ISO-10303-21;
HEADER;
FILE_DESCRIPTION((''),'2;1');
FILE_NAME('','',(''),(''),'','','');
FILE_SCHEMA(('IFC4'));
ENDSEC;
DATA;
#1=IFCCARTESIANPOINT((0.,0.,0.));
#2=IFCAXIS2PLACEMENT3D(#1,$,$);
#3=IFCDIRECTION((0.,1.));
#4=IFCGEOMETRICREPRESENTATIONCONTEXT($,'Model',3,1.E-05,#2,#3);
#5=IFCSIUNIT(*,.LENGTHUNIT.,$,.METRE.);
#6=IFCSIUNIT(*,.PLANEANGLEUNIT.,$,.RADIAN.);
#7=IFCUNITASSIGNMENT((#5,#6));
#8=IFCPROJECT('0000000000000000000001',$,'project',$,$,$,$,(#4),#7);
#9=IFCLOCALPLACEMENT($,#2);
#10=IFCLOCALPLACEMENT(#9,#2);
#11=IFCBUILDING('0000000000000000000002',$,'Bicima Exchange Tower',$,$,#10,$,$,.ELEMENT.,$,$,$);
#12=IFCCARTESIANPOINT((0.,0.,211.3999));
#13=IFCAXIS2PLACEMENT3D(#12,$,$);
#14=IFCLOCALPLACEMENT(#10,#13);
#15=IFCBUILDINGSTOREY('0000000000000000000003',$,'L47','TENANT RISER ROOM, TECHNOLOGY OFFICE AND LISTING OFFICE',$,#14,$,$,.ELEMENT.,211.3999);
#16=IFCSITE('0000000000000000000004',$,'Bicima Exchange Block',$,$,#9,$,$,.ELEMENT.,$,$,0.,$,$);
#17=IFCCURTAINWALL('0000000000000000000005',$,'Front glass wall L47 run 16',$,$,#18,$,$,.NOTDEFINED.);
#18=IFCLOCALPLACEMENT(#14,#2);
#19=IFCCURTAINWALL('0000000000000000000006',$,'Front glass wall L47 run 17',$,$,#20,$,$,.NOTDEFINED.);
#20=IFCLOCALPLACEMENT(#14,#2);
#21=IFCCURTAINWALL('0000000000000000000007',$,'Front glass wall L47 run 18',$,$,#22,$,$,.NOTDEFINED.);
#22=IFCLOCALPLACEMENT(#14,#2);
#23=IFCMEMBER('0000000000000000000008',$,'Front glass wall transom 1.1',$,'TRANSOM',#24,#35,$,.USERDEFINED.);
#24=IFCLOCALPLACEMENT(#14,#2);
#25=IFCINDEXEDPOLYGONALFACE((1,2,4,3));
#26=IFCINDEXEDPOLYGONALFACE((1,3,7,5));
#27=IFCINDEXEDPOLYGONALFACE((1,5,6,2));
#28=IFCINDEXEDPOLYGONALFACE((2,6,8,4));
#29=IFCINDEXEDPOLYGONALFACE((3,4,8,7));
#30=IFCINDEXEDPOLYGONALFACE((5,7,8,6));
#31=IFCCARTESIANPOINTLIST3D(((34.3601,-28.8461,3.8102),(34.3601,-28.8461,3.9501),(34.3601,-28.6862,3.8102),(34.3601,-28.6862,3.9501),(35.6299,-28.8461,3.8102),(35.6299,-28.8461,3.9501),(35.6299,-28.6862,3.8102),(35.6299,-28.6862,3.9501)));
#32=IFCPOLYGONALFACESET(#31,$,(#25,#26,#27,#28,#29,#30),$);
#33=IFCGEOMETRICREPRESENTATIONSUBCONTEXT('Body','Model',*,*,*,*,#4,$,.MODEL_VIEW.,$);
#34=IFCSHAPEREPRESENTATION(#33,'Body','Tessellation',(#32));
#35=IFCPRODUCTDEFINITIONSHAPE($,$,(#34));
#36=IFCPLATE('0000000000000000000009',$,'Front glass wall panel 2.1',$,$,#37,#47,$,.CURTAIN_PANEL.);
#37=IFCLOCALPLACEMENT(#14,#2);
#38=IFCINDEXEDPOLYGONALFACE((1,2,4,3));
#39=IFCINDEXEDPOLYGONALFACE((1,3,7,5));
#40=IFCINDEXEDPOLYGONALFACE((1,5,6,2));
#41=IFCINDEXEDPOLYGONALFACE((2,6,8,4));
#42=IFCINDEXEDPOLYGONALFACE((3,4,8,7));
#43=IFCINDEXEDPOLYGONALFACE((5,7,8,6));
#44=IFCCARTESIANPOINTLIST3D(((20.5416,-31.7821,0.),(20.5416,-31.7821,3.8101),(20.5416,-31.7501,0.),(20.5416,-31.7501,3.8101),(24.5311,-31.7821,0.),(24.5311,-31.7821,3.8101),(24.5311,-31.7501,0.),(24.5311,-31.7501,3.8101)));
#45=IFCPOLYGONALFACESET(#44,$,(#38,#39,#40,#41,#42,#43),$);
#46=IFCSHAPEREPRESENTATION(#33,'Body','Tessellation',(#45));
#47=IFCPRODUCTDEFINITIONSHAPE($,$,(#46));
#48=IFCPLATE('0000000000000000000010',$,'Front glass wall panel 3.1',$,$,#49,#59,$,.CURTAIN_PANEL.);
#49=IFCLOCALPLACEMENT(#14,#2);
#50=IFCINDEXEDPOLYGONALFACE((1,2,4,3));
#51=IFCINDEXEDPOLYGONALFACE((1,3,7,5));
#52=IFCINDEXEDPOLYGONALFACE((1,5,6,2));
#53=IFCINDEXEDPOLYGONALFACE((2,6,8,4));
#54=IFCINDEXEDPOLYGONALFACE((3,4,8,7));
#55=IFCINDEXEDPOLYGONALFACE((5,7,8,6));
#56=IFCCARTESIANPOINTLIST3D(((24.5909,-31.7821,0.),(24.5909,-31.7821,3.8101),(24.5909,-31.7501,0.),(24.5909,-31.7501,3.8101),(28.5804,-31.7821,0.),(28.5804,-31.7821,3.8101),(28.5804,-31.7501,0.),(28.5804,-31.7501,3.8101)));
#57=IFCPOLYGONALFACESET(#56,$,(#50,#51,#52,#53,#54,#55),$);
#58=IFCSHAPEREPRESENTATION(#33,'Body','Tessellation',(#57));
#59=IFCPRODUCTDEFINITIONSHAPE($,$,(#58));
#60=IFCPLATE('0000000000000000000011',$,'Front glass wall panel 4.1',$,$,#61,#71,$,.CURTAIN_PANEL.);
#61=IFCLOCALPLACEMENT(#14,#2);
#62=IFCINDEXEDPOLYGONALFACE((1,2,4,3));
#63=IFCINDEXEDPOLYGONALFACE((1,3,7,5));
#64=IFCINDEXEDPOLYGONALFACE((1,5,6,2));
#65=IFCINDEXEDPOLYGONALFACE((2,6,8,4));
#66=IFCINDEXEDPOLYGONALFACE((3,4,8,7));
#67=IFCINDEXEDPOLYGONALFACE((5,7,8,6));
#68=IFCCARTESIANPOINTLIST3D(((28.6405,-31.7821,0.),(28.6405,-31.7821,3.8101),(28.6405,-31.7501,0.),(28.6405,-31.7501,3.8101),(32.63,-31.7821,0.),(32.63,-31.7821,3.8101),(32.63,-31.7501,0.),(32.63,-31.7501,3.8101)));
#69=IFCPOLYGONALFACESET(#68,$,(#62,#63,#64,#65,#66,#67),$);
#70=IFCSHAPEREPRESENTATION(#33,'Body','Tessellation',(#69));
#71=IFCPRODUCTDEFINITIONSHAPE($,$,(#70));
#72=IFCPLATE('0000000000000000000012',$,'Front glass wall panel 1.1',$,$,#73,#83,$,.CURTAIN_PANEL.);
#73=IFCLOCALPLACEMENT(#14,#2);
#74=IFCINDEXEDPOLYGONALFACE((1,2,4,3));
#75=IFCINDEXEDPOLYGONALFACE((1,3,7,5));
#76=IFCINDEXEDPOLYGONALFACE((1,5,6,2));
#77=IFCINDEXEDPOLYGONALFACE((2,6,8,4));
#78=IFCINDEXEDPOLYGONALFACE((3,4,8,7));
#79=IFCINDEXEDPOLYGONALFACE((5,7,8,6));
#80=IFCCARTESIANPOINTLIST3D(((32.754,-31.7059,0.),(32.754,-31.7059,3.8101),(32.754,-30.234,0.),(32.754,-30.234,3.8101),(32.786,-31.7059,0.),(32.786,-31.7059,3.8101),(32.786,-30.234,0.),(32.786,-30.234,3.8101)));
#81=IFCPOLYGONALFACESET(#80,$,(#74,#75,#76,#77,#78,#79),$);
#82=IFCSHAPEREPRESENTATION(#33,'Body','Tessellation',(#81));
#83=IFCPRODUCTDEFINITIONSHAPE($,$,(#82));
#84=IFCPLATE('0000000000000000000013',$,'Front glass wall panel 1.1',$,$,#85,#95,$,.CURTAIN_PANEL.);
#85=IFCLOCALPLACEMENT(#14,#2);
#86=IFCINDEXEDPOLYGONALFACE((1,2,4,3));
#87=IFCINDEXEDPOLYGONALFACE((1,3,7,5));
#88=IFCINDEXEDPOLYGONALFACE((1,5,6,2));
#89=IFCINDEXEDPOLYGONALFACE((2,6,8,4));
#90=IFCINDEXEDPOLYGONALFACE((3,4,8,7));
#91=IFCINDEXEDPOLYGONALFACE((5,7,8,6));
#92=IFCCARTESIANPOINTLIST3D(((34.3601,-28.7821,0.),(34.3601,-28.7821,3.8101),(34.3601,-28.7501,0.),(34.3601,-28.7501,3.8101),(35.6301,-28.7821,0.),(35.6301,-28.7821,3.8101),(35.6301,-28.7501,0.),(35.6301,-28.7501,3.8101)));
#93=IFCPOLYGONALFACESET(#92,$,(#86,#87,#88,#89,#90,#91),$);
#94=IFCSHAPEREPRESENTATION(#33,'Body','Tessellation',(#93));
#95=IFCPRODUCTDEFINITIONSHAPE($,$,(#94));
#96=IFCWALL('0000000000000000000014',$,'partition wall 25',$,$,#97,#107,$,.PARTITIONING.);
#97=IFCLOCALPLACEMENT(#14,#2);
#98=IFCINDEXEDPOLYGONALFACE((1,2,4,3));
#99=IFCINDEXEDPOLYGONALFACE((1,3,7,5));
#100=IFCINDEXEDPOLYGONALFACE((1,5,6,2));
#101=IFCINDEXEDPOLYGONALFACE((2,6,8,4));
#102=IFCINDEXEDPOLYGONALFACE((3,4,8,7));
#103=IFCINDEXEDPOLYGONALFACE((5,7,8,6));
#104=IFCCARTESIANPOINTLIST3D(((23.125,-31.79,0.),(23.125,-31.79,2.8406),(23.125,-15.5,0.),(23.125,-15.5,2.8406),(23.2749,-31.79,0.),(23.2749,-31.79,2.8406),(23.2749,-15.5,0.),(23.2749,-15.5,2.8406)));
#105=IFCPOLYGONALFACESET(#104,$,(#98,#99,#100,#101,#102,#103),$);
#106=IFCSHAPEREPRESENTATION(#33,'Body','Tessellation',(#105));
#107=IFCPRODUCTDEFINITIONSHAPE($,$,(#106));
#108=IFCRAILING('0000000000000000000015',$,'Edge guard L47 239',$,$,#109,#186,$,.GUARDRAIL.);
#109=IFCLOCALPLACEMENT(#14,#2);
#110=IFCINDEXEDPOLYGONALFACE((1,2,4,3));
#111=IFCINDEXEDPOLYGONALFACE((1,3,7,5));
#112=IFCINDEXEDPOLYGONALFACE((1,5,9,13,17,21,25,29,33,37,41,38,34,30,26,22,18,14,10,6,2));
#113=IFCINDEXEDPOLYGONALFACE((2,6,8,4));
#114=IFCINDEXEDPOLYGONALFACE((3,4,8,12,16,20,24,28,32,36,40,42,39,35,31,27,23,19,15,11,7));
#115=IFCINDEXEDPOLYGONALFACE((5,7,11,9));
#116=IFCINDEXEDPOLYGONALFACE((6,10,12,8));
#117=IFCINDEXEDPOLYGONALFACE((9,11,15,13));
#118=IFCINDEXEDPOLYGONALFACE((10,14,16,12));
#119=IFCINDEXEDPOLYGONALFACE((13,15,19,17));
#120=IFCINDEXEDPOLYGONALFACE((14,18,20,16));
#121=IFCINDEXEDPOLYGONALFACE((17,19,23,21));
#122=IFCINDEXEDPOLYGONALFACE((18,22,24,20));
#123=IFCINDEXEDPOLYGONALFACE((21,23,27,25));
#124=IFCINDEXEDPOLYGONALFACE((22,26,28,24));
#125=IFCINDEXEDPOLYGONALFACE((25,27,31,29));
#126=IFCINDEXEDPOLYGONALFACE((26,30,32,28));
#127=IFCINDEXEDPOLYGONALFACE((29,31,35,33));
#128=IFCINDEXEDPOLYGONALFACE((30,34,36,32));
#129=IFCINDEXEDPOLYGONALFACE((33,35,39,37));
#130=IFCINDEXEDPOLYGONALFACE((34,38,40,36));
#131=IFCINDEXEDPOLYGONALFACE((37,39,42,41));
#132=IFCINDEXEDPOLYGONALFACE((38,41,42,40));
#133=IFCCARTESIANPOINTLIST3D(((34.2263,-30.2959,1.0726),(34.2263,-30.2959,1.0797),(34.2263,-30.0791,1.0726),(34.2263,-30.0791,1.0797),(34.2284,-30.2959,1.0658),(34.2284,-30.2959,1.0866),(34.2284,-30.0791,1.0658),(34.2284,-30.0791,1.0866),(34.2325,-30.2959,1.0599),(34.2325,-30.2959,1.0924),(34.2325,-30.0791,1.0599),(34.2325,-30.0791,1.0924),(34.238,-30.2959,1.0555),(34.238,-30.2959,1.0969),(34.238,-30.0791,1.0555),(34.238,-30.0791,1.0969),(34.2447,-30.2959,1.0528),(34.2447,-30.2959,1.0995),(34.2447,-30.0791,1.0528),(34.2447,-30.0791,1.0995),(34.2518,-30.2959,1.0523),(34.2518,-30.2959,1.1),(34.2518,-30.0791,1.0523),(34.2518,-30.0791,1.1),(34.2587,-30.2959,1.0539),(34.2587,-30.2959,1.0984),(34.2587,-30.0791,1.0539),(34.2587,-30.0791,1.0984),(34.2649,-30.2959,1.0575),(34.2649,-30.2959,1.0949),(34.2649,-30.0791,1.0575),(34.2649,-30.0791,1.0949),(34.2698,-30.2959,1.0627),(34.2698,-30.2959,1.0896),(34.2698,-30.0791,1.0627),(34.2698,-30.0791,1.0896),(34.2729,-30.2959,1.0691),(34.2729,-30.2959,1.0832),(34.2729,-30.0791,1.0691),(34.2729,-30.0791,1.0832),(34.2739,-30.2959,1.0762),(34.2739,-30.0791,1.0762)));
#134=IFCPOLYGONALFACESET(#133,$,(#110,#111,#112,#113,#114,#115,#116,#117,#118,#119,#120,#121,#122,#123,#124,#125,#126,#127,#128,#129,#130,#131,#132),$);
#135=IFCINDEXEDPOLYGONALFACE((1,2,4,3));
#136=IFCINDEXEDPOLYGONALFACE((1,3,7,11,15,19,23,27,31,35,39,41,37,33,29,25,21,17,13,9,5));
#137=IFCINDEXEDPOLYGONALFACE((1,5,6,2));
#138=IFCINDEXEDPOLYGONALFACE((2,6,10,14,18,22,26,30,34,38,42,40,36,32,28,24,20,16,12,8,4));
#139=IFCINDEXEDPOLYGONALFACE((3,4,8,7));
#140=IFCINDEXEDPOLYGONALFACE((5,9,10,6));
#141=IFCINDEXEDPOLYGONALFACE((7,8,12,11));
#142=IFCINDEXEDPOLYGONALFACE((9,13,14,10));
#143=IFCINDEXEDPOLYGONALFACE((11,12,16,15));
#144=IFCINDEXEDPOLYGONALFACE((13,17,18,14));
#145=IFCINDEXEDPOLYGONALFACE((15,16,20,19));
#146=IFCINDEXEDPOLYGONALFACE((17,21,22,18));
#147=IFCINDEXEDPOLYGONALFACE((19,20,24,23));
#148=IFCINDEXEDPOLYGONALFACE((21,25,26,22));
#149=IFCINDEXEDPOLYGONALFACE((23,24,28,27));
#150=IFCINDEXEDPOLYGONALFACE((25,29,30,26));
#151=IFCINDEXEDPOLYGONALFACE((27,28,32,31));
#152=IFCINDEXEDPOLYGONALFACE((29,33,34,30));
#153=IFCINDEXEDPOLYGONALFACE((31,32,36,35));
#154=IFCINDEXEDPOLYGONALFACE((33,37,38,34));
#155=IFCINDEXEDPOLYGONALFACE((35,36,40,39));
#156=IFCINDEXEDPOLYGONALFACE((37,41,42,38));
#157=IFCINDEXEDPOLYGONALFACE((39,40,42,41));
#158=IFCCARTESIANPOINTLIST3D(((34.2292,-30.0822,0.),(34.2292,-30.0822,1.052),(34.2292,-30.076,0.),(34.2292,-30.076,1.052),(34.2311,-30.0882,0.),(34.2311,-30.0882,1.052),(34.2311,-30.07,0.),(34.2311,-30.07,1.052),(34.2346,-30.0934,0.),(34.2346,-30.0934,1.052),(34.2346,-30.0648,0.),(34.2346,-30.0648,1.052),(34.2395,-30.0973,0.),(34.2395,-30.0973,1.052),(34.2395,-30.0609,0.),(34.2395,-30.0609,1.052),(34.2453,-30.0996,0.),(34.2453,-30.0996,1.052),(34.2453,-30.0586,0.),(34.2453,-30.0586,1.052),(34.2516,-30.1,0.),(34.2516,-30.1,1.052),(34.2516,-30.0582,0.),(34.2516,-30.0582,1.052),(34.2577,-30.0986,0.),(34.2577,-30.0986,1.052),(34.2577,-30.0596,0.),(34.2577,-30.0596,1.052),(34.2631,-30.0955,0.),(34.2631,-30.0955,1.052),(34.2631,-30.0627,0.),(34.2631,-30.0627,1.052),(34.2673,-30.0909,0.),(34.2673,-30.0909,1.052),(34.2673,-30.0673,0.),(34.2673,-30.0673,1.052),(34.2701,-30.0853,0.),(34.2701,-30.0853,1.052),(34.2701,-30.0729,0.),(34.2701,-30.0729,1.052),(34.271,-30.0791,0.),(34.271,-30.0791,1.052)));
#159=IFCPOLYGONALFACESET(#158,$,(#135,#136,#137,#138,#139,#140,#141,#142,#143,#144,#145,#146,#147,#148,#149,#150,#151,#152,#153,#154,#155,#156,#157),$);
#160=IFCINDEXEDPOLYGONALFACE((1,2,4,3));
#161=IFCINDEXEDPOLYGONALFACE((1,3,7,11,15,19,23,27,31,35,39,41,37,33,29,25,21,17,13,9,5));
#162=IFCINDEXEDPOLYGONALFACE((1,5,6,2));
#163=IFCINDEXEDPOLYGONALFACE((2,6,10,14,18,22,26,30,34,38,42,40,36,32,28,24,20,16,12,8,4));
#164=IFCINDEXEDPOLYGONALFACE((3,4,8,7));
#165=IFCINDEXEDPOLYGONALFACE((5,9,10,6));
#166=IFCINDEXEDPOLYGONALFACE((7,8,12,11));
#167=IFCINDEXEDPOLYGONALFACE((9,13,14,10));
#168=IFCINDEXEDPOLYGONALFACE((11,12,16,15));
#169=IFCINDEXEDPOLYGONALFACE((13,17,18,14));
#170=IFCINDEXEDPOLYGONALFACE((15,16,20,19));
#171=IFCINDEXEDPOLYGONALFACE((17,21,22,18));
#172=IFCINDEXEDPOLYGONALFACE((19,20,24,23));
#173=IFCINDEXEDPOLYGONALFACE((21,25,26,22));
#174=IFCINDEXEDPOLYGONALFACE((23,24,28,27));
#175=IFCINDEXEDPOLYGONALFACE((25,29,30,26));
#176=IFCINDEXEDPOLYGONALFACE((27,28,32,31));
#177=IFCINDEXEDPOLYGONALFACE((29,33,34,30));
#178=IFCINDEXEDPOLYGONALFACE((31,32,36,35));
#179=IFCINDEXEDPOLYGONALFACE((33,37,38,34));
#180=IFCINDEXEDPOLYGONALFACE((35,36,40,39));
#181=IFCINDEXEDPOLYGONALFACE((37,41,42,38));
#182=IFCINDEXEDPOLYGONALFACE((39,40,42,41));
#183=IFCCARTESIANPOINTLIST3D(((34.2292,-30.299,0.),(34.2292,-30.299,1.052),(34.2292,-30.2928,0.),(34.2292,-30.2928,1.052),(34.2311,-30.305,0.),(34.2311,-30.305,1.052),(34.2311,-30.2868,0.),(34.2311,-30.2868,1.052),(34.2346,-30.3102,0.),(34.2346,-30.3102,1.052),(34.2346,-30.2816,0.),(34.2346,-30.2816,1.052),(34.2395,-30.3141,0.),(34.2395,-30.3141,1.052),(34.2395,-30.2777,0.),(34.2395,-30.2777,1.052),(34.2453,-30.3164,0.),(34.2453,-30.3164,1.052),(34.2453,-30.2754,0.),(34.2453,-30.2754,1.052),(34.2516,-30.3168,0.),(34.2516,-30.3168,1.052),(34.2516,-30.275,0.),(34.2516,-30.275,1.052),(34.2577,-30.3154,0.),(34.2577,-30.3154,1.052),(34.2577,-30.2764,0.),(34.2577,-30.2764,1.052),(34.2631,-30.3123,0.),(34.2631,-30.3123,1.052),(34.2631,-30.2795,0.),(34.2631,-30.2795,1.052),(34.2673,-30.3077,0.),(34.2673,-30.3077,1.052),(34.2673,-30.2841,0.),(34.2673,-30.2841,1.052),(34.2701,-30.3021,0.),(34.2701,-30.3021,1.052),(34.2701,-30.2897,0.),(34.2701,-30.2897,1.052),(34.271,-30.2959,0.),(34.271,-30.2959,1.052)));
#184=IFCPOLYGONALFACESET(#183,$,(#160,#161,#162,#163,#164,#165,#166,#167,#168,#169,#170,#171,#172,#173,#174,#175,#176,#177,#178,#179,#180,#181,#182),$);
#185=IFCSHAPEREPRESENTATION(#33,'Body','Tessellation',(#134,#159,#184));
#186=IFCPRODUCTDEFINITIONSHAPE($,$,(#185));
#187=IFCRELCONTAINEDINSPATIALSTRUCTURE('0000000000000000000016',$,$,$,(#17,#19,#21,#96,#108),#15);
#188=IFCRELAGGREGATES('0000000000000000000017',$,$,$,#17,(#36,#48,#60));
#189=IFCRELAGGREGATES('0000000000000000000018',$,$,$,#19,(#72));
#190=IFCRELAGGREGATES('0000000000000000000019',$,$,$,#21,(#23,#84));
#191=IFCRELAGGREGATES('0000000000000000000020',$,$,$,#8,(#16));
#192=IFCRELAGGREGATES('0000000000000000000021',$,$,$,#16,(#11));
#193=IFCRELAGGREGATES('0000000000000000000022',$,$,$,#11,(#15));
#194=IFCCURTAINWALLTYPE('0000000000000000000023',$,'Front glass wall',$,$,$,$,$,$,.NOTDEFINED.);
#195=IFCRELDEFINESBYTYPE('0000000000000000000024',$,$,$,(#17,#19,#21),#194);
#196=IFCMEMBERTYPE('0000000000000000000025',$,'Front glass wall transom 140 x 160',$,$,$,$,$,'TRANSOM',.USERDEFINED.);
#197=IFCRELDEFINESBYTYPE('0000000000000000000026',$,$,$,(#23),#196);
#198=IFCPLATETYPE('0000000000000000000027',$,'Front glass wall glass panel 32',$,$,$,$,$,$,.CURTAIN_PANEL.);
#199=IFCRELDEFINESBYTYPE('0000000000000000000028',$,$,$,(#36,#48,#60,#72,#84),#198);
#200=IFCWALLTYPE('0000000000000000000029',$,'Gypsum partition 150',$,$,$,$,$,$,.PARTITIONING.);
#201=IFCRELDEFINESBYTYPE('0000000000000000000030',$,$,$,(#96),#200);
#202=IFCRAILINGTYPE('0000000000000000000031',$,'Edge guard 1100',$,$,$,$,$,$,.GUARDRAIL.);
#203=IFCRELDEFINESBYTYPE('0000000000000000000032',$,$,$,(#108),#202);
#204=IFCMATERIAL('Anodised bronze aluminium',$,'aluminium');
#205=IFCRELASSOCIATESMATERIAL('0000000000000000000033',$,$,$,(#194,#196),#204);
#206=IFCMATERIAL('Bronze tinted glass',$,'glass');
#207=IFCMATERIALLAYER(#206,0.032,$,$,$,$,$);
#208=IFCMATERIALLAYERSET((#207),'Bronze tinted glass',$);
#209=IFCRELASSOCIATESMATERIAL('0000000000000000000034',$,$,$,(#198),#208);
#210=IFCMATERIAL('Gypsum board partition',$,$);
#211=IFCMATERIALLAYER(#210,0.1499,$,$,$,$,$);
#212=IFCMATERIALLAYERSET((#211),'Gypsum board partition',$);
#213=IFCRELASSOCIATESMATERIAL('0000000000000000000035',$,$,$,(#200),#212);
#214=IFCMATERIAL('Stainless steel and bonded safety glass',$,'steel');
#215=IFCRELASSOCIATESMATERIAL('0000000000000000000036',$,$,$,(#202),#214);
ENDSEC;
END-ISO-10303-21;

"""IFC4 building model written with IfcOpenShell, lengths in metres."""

from ifc_helpers import new_model, si_unit, direction, frame, frame_2d, origin, origin_2d, place, context, subcontext, project, spatial, rectangle, circle, extrude, material, layer, layer_set, material_profile, profile_set, type_object, element, aggregate, save


model = new_model("IFC4")

# Units and contexts
model_context = context("Model", 3, precision=1e-05, world=origin(), true_north=direction((0.0, 1.0)))
body_context = subcontext(model_context, "Body", "Model", "MODEL_VIEW")
ifc_project = project(units=[si_unit("LENGTHUNIT", "METRE"), si_unit("PLANEANGLEUNIT", "RADIAN")], contexts=[model_context])

# Site, building, storey
site_placement = place(None, origin())
site = spatial("IfcSite", under=ifc_project, at=site_placement, Name="Bicima Exchange Block", CompositionType="ELEMENT", RefElevation=0.0)
building_placement = place(site_placement, origin())
building = spatial("IfcBuilding", under=site, at=building_placement, Name="Bicima Exchange Tower", CompositionType="ELEMENT")
storey_placement = place(building_placement, frame((0.0, 0.0, 211.3999)))
storey = spatial("IfcBuildingStorey", under=building, at=storey_placement, Name="L47", Description="TENANT RISER ROOM, TECHNOLOGY OFFICE AND LISTING OFFICE", CompositionType="ELEMENT", Elevation=211.3999)

# Curtain walls
ifc_material_1 = material(Name="Anodised bronze aluminium", Category="aluminium")
curtain_wall_type = type_object("IfcCurtainWallType", Name="Front glass wall", PredefinedType="NOTDEFINED", material=ifc_material_1)
curtain_wall_1_placement = place(storey_placement, origin())
curtain_wall_1 = element("IfcCurtainWall", 1, at=curtain_wall_1_placement, inside=storey, type_object=curtain_wall_type, Name="Front glass wall L47 run 16", PredefinedType="NOTDEFINED")
curtain_wall_2_placement = place(storey_placement, origin())
curtain_wall_2 = element("IfcCurtainWall", 2, at=curtain_wall_2_placement, inside=storey, type_object=curtain_wall_type, Name="Front glass wall L47 run 17", PredefinedType="NOTDEFINED")

# Curtain wall
curtain_wall_3_placement = place(storey_placement, origin())
curtain_wall_3 = element("IfcCurtainWall", 3, at=curtain_wall_3_placement, inside=storey, type_object=curtain_wall_type, Name="Front glass wall L47 run 18", PredefinedType="NOTDEFINED")

# Member
ifc_material_profile_1 = material_profile(ifc_material_1, rectangle(XDim=0.1599, YDim=0.1399, at=origin_2d()))
ifc_profile_set_1 = profile_set([ifc_material_profile_1], Name="Anodised bronze aluminium")
member_type_1 = type_object("IfcMemberType", Name="Front glass wall transom 140 x 160", ElementType="TRANSOM", PredefinedType="USERDEFINED", material=ifc_profile_set_1)
member_1_placement = place(storey_placement, frame((34.3601, -28.7661, 3.8801), z_axis=(1.0, 0.0, 0.0), x_axis=(0.0, 1.0, 0.0)))
member_1 = element("IfcMember", 4, at=member_1_placement, type_object=member_type_1, Name="Front glass wall transom 1.1", ObjectType="TRANSOM", PredefinedType="USERDEFINED", context=body_context, shape_type="SweptSolid", body=[
    extrude(rectangle(XDim=0.1599, YDim=0.1399, at=origin_2d()), origin(), (0.0, 0.0, 1.0), 1.2698),
])

# Plates
ifc_material_2 = material(Name="Bronze tinted glass", Category="glass")
ifc_layer_1 = layer(ifc_material_2, 0.032)
ifc_layer_set_1 = layer_set([ifc_layer_1], Name="Bronze tinted glass")
plate_type = type_object("IfcPlateType", Name="Front glass wall glass panel 32", PredefinedType="CURTAIN_PANEL", material=ifc_layer_set_1)
plate_1_placement = place(storey_placement, frame((22.5364, -31.7661, 0.0), z_axis=(0.0, 0.0, 1.0), x_axis=(1.0, 0.0, 0.0)))
plate_1 = element("IfcPlate", 5, at=plate_1_placement, type_object=plate_type, Name="Front glass wall panel 2.1", PredefinedType="CURTAIN_PANEL", context=body_context, shape_type="SweptSolid", body=[
    extrude(rectangle(XDim=3.9895, YDim=0.032, at=origin_2d()), origin(), (0.0, 0.0, 1.0), 3.8101),
])
plate_2_placement = place(storey_placement, frame((26.5857, -31.7661, 0.0), z_axis=(0.0, 0.0, 1.0), x_axis=(1.0, 0.0, 0.0)))
plate_2 = element("IfcPlate", 6, at=plate_2_placement, type_object=plate_type, Name="Front glass wall panel 3.1", PredefinedType="CURTAIN_PANEL", context=body_context, shape_type="SweptSolid", body=[
    extrude(rectangle(XDim=3.9895, YDim=0.032, at=origin_2d()), origin(), (0.0, 0.0, 1.0), 3.8101),
])
plate_3_placement = place(storey_placement, frame((30.6353, -31.7661, 0.0), z_axis=(0.0, 0.0, 1.0), x_axis=(1.0, 0.0, 0.0)))
plate_3 = element("IfcPlate", 7, at=plate_3_placement, type_object=plate_type, Name="Front glass wall panel 4.1", PredefinedType="CURTAIN_PANEL", context=body_context, shape_type="SweptSolid", body=[
    extrude(rectangle(XDim=3.9895, YDim=0.032, at=origin_2d()), origin(), (0.0, 0.0, 1.0), 3.8101),
])
aggregate(curtain_wall_1, [plate_1, plate_2, plate_3])
plate_4_placement = place(storey_placement, frame((32.77, -30.97, 0.0), z_axis=(0.0, 0.0, 1.0), x_axis=(0.0, 1.0, 0.0)))
plate_4 = element("IfcPlate", 8, at=plate_4_placement, type_object=plate_type, Name="Front glass wall panel 1.1", PredefinedType="CURTAIN_PANEL", context=body_context, shape_type="SweptSolid", body=[
    extrude(rectangle(XDim=1.4719, YDim=0.032, at=origin_2d()), origin(), (0.0, 0.0, 1.0), 3.8101),
])
aggregate(curtain_wall_2, [plate_4])
plate_5_placement = place(storey_placement, frame((34.9951, -28.7661, 0.0), z_axis=(0.0, 0.0, 1.0), x_axis=(1.0, 0.0, 0.0)))
plate_5 = element("IfcPlate", 9, at=plate_5_placement, type_object=plate_type, Name="Front glass wall panel 1.1", PredefinedType="CURTAIN_PANEL", context=body_context, shape_type="SweptSolid", body=[
    extrude(rectangle(XDim=1.27, YDim=0.032, at=origin_2d()), origin(), (0.0, 0.0, 1.0), 3.8101),
])
aggregate(curtain_wall_3, [member_1, plate_5])

# Wall
ifc_material_3 = material(Name="Gypsum board partition")
ifc_layer_2 = layer(ifc_material_3, 0.1499)
ifc_layer_set_2 = layer_set([ifc_layer_2], Name="Gypsum board partition")
wall_type = type_object("IfcWallType", Name="Gypsum partition 150", PredefinedType="PARTITIONING", material=ifc_layer_set_2)
wall_placement = place(storey_placement, frame((23.2, -31.79, 0.0), z_axis=(0.0, 0.0, 1.0), x_axis=(0.0, 1.0, 0.0)))
element("IfcWall", 10, at=wall_placement, inside=storey, type_object=wall_type, Name="partition wall 25", PredefinedType="PARTITIONING", context=body_context, shape_type="SweptSolid", body=[
    extrude(rectangle(XDim=16.29, YDim=0.1499, at=frame_2d((8.145, 0.0))), origin(), (0.0, 0.0, 1.0), 2.8406),
])

# Railing
ifc_material_4 = material(Name="Stainless steel and bonded safety glass", Category="steel")
railing_type = type_object("IfcRailingType", Name="Edge guard 1100", PredefinedType="GUARDRAIL", material=ifc_material_4)
railing_1_placement = place(storey_placement, frame((34.25, -30.0791, 0.0)))
element("IfcRailing", 11, at=railing_1_placement, inside=storey, type_object=railing_type, Name="Edge guard L47 239", PredefinedType="GUARDRAIL", context=body_context, shape_type="SweptSolid", body=[
    extrude(circle(Radius=0.0239, at=origin_2d()), frame((0.0, 0.0, 1.0762), z_axis=(0.0, -1.0, 0.0), x_axis=(1.0, 0.0, 0.0)), (0.0, 0.0, 1.0), 0.2168),
    extrude(circle(Radius=0.021, at=origin_2d()), origin(), (0.0, 0.0, 1.0), 1.052),
    extrude(circle(Radius=0.021, at=origin_2d()), frame((0.0, -0.2168, 0.0)), (0.0, 0.0, 1.0), 1.052),
])

save(model, "model.ifc")
